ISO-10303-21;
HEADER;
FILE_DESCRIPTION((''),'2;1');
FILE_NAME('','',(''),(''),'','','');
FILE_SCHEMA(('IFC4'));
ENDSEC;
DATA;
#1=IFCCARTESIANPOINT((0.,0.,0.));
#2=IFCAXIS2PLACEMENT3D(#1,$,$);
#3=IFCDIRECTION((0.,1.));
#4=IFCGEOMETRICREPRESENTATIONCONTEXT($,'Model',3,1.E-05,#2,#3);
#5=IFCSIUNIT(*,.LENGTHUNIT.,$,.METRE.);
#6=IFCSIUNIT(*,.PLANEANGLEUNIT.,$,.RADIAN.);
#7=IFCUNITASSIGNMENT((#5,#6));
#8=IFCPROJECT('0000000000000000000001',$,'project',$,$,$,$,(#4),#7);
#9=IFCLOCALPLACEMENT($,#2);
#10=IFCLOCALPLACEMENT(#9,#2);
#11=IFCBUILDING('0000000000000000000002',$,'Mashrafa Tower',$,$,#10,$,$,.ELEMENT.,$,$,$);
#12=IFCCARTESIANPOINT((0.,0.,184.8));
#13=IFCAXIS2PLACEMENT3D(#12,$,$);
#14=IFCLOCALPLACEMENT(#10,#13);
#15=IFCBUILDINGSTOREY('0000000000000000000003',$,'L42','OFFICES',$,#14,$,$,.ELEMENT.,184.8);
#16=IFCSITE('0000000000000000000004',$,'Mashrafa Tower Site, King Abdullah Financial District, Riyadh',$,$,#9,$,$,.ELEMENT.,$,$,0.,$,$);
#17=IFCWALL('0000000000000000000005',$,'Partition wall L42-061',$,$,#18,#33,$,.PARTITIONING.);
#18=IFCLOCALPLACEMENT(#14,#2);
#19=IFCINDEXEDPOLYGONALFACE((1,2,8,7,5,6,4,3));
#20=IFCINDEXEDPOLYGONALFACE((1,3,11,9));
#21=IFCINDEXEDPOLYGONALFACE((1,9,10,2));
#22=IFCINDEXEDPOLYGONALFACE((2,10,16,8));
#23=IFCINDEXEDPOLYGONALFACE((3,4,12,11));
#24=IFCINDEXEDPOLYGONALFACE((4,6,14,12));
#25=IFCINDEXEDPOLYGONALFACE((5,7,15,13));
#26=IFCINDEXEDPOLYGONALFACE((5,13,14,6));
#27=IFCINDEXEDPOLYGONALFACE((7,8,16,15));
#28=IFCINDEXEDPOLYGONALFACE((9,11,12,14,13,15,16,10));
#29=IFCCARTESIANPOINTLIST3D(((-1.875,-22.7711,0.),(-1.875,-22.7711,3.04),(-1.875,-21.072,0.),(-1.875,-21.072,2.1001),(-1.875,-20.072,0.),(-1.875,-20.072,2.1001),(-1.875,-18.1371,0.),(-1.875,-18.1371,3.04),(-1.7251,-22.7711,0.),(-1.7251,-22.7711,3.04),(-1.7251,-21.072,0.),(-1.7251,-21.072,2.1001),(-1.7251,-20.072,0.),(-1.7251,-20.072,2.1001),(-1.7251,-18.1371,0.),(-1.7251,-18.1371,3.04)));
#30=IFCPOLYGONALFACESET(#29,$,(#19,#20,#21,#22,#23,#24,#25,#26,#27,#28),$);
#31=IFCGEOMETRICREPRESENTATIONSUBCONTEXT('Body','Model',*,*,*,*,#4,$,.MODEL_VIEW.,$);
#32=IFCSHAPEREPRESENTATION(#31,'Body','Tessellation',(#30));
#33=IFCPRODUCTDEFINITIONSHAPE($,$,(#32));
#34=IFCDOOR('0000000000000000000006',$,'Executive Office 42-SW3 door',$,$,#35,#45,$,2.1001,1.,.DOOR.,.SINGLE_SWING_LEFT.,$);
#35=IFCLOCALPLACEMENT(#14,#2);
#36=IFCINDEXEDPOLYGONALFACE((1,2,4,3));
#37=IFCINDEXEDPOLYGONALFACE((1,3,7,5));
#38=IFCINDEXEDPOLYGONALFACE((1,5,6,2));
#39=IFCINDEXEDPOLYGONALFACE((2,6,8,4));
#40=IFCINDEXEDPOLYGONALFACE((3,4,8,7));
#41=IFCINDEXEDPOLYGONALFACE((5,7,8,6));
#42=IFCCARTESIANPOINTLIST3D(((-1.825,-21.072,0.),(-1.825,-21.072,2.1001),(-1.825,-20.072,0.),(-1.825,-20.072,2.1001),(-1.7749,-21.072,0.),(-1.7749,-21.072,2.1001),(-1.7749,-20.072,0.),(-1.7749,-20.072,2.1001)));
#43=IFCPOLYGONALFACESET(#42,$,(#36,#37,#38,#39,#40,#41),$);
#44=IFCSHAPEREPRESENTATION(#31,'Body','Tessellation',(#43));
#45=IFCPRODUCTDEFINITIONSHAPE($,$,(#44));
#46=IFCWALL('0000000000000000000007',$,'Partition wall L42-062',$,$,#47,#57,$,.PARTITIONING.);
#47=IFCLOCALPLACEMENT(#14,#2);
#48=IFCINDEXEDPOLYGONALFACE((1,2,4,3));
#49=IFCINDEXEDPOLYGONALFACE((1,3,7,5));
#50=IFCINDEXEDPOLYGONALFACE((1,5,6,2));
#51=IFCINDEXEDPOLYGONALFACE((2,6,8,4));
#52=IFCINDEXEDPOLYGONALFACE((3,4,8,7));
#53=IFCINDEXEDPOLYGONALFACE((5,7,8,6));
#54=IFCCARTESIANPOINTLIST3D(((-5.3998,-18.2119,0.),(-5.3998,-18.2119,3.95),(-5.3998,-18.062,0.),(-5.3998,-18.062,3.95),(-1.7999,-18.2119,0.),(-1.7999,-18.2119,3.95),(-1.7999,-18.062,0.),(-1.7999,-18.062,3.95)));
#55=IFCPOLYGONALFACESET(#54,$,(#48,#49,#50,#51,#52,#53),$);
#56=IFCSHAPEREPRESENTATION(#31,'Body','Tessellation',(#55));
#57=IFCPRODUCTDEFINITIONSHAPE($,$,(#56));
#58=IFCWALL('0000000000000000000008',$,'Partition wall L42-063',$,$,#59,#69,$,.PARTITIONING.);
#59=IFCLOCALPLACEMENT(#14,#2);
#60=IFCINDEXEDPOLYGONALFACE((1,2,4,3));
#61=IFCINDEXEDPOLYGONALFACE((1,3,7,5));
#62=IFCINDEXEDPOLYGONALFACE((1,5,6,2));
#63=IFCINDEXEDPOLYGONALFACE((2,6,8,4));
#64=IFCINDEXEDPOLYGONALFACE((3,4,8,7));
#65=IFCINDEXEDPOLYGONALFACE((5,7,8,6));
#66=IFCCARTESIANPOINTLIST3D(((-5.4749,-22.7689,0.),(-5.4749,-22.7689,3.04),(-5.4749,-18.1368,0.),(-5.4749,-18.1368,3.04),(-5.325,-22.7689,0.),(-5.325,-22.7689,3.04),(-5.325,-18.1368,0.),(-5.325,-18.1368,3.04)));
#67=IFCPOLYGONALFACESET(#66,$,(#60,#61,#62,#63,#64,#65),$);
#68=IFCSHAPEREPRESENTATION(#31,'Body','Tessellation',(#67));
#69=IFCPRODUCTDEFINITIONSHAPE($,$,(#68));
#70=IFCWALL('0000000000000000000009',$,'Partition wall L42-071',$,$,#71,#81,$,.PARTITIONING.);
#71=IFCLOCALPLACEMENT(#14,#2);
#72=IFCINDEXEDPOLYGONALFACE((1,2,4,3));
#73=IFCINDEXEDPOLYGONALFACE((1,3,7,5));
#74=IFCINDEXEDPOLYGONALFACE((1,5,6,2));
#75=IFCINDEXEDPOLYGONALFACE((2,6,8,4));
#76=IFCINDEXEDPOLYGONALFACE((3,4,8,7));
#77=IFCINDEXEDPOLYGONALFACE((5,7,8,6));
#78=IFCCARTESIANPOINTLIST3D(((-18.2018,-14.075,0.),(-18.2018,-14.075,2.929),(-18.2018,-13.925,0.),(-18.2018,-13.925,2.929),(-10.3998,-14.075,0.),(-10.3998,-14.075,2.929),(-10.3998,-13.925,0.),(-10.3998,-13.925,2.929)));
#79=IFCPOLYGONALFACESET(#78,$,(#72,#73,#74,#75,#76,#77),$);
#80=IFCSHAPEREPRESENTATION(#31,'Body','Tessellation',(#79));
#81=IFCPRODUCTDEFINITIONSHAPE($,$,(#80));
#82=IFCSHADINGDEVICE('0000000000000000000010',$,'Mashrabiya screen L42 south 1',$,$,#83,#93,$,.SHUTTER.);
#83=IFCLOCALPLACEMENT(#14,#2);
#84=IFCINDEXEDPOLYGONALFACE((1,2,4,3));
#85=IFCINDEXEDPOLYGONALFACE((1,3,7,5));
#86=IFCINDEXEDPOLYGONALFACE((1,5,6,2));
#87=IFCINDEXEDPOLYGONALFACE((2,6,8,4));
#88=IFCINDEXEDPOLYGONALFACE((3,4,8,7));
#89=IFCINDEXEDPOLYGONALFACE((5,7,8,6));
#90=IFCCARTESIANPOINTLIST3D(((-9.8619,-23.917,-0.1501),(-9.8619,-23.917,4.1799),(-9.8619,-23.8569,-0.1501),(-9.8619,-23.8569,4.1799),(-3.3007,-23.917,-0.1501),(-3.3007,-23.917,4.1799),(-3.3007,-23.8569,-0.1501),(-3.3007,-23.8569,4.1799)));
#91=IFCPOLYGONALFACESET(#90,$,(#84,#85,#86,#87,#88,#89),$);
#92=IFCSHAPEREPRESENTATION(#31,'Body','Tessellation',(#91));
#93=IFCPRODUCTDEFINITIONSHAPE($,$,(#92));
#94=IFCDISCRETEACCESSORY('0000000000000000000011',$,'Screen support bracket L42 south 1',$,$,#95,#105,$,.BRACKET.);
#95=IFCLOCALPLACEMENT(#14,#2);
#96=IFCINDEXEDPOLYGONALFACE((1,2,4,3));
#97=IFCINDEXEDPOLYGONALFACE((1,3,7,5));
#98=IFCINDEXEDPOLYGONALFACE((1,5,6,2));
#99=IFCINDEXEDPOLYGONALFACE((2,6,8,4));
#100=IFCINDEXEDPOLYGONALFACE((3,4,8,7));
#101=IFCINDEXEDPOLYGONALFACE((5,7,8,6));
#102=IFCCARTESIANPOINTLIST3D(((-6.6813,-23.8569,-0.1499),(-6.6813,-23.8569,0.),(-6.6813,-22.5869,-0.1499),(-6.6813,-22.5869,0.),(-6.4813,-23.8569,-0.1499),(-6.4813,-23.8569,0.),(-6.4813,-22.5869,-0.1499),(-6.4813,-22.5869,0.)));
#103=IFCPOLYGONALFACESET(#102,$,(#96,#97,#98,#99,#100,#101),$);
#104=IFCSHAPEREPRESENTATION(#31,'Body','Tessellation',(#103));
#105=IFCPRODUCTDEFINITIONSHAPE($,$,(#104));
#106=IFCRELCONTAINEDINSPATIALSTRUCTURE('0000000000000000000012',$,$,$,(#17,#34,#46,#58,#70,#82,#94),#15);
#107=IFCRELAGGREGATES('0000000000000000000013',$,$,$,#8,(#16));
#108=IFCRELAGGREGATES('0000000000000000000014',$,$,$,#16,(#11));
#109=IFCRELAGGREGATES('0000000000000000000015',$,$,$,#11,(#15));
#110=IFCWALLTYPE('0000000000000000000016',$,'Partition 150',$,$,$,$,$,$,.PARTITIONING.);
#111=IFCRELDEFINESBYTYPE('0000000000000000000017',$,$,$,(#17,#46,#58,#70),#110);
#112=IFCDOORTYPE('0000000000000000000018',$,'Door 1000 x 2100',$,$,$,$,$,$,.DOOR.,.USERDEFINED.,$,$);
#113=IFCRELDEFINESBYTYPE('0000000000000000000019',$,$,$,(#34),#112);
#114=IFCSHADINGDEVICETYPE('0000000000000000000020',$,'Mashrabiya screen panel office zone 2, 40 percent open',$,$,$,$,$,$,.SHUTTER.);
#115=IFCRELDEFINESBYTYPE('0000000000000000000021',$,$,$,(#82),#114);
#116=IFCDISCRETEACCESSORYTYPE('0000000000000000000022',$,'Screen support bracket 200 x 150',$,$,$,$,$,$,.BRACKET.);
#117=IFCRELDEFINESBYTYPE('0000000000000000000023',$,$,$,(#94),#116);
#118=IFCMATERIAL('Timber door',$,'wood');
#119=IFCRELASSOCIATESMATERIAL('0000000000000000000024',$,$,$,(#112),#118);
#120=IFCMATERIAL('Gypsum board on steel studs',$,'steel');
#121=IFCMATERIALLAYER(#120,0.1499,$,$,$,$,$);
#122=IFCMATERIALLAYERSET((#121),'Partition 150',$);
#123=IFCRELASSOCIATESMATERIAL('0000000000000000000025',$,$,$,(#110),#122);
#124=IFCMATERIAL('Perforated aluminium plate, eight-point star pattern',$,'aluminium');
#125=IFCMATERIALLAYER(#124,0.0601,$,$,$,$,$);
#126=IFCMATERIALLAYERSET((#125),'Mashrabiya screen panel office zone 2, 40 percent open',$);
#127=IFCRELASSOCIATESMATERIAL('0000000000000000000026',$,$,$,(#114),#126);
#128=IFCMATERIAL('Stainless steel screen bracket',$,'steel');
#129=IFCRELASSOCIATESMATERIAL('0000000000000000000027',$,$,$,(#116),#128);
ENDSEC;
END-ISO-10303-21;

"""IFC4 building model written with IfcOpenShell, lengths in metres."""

from ifc_helpers import new_model, si_unit, direction, frame, frame_2d, origin, origin_2d, place, context, subcontext, project, spatial, rectangle, extrude, source, transform, mapped, material, layer, layer_set, type_object, type_shapes, element, fill, save


model = new_model("IFC4")

# Units and contexts
model_context = context("Model", 3, precision=1e-05, world=origin(), true_north=direction((0.0, 1.0)))
body_context = subcontext(model_context, "Body", "Model", "MODEL_VIEW")
ifc_project = project(units=[si_unit("LENGTHUNIT", "METRE"), si_unit("PLANEANGLEUNIT", "RADIAN")], contexts=[model_context])

# Site, building, storey
site_placement = place(None, origin())
site = spatial("IfcSite", under=ifc_project, at=site_placement, Name="Mashrafa Tower Site, King Abdullah Financial District, Riyadh", CompositionType="ELEMENT", RefElevation=0.0)
building_placement = place(site_placement, origin())
building = spatial("IfcBuilding", under=site, at=building_placement, Name="Mashrafa Tower", CompositionType="ELEMENT")
storey_placement = place(building_placement, frame((0.0, 0.0, 184.8)))
storey = spatial("IfcBuildingStorey", under=building, at=storey_placement, Name="L42", Description="OFFICES", CompositionType="ELEMENT", Elevation=184.8)

# Shared definitions
ifc_material_1 = material(Name="Timber door", Category="wood")
door_type = type_object("IfcDoorType", Name="Door 1000 x 2100", OperationType="USERDEFINED", PredefinedType="DOOR", material=ifc_material_1)

# Shared definitions
ifc_material_2 = material(Name="Gypsum board on steel studs", Category="steel")
ifc_layer_1 = layer(ifc_material_2, 0.1499)
ifc_layer_set_1 = layer_set([ifc_layer_1], Name="Partition 150")
wall_type_1 = type_object("IfcWallType", Name="Partition 150", PredefinedType="PARTITIONING", material=ifc_layer_set_1)

# Wall, opening, door
wall_1_placement = place(storey_placement, frame((-1.8, -22.771, 0.0), z_axis=(0.0, 0.0, 1.0), x_axis=(0.0, 1.0, 0.0)))
wall_1 = element("IfcWall", 1, at=wall_1_placement, inside=storey, type_object=wall_type_1, Name="Partition wall L42-061", PredefinedType="PARTITIONING", context=body_context, shape_type="SweptSolid", body=[
    extrude(rectangle(XDim=4.634, YDim=0.1499, at=frame_2d((2.3169, 0.0))), origin(), (0.0, 0.0, 1.0), 3.04),
])
opening_1_placement = place(wall_1_placement, frame((1.699, 0.0, 0.0)))
opening_1 = element("IfcOpeningElement", 2, at=opening_1_placement, cuts=wall_1, PredefinedType="OPENING", context=body_context, shape_type="SweptSolid", body=[
    extrude(rectangle(XDim=1.0, YDim=2.1001, at=frame_2d((0.5, 1.05))), frame((0.0, 0.085, 0.0), z_axis=(0.0, -1.0, 0.0), x_axis=(1.0, 0.0, 0.0)), (0.0, 0.0, 1.0), 0.1699),
])
door_1_placement = place(opening_1_placement, origin())
door_1 = element("IfcDoor", 3, at=door_1_placement, inside=storey, type_object=door_type, Name="Executive Office 42-SW3 door", OperationType="SINGLE_SWING_LEFT", OverallHeight=2.1001, OverallWidth=1.0, PredefinedType="DOOR", context=body_context, shape_type="SweptSolid", body=[
    extrude(rectangle(XDim=1.0, YDim=2.1001, at=frame_2d((0.5, 1.05))), frame((0.0, 0.0249, 0.0), z_axis=(0.0, -1.0, 0.0), x_axis=(1.0, 0.0, 0.0)), (0.0, 0.0, 1.0), 0.05),
])
fill(opening_1, door_1)

# Walls
wall_2_placement = place(storey_placement, frame((-1.8, -18.137, 0.0), z_axis=(0.0, 0.0, 1.0), x_axis=(-1.0, 0.0, 0.0)))
element("IfcWall", 4, at=wall_2_placement, inside=storey, type_object=wall_type_1, Name="Partition wall L42-062", PredefinedType="PARTITIONING", context=body_context, shape_type="SweptSolid", body=[
    extrude(rectangle(XDim=3.5999, YDim=0.1499, at=frame_2d((1.7998, 0.0))), origin(), (0.0, 0.0, 1.0), 3.95),
])
wall_3_placement = place(storey_placement, frame((-5.3999, -18.137, 0.0), z_axis=(0.0, 0.0, 1.0), x_axis=(0.0, -1.0, 0.0)))
element("IfcWall", 5, at=wall_3_placement, inside=storey, type_object=wall_type_1, Name="Partition wall L42-063", PredefinedType="PARTITIONING", context=body_context, shape_type="SweptSolid", body=[
    extrude(rectangle(XDim=4.6321, YDim=0.1499, at=frame_2d((2.3159, 0.0))), origin(), (0.0, 0.0, 1.0), 3.04),
])
wall_4_placement = place(storey_placement, frame((-10.3999, -14.0, 0.0), z_axis=(0.0, 0.0, 1.0), x_axis=(-1.0, 0.0, 0.0)))
element("IfcWall", 6, at=wall_4_placement, inside=storey, type_object=wall_type_1, Name="Partition wall L42-071", PredefinedType="PARTITIONING", context=body_context, shape_type="SweptSolid", body=[
    extrude(rectangle(XDim=7.802, YDim=0.1499, at=frame_2d((3.9009, 0.0))), origin(), (0.0, 0.0, 1.0), 2.929),
])

# Shading device
ifc_material_3 = material(Name="Perforated aluminium plate, eight-point star pattern", Category="aluminium")
ifc_layer_2 = layer(ifc_material_3, 0.0601)
ifc_layer_set_2 = layer_set([ifc_layer_2], Name="Mashrabiya screen panel office zone 2, 40 percent open")
shading_device_type = type_object("IfcShadingDeviceType", Name="Mashrabiya screen panel office zone 2, 40 percent open", PredefinedType="SHUTTER", material=ifc_layer_set_2)
shared_shape_1 = source(origin(), body_context, "Body", "SweptSolid", [
    extrude(rectangle(XDim=6.5613, YDim=0.0601, at=origin_2d()), origin(), (0.0, 0.0, 1.0), 4.3301),
])
type_shapes(shading_device_type, [shared_shape_1])
shading_device_placement = place(storey_placement, frame((-6.5813, -23.887, -0.1501), z_axis=(0.0, 0.0, 1.0), x_axis=(1.0, 0.0, 0.0)))
element("IfcShadingDevice", 7, at=shading_device_placement, inside=storey, type_object=shading_device_type, Name="Mashrabiya screen L42 south 1", PredefinedType="SHUTTER", context=body_context, shape_type="MappedRepresentation", body=[
    mapped(shared_shape_1, transform((0.0, 0.0, 0.0))),
])

# Discrete accessory
ifc_material_4 = material(Name="Stainless steel screen bracket", Category="steel")
discrete_accessory_type = type_object("IfcDiscreteAccessoryType", Name="Screen support bracket 200 x 150", PredefinedType="BRACKET", material=ifc_material_4)
shared_shape_2 = source(origin(), body_context, "Body", "SweptSolid", [
    extrude(rectangle(XDim=0.2, YDim=1.27, at=origin_2d()), origin(), (0.0, 0.0, 1.0), 0.1499),
])
type_shapes(discrete_accessory_type, [shared_shape_2])
discrete_accessory_placement = place(storey_placement, frame((-6.5813, -23.2219, -0.1499), z_axis=(0.0, 0.0, 1.0), x_axis=(1.0, 0.0, 0.0)))
element("IfcDiscreteAccessory", 8, at=discrete_accessory_placement, inside=storey, type_object=discrete_accessory_type, Name="Screen support bracket L42 south 1", PredefinedType="BRACKET", context=body_context, shape_type="MappedRepresentation", body=[
    mapped(shared_shape_2, transform((0.0, 0.0, 0.0))),
])

save(model, "model.ifc")
